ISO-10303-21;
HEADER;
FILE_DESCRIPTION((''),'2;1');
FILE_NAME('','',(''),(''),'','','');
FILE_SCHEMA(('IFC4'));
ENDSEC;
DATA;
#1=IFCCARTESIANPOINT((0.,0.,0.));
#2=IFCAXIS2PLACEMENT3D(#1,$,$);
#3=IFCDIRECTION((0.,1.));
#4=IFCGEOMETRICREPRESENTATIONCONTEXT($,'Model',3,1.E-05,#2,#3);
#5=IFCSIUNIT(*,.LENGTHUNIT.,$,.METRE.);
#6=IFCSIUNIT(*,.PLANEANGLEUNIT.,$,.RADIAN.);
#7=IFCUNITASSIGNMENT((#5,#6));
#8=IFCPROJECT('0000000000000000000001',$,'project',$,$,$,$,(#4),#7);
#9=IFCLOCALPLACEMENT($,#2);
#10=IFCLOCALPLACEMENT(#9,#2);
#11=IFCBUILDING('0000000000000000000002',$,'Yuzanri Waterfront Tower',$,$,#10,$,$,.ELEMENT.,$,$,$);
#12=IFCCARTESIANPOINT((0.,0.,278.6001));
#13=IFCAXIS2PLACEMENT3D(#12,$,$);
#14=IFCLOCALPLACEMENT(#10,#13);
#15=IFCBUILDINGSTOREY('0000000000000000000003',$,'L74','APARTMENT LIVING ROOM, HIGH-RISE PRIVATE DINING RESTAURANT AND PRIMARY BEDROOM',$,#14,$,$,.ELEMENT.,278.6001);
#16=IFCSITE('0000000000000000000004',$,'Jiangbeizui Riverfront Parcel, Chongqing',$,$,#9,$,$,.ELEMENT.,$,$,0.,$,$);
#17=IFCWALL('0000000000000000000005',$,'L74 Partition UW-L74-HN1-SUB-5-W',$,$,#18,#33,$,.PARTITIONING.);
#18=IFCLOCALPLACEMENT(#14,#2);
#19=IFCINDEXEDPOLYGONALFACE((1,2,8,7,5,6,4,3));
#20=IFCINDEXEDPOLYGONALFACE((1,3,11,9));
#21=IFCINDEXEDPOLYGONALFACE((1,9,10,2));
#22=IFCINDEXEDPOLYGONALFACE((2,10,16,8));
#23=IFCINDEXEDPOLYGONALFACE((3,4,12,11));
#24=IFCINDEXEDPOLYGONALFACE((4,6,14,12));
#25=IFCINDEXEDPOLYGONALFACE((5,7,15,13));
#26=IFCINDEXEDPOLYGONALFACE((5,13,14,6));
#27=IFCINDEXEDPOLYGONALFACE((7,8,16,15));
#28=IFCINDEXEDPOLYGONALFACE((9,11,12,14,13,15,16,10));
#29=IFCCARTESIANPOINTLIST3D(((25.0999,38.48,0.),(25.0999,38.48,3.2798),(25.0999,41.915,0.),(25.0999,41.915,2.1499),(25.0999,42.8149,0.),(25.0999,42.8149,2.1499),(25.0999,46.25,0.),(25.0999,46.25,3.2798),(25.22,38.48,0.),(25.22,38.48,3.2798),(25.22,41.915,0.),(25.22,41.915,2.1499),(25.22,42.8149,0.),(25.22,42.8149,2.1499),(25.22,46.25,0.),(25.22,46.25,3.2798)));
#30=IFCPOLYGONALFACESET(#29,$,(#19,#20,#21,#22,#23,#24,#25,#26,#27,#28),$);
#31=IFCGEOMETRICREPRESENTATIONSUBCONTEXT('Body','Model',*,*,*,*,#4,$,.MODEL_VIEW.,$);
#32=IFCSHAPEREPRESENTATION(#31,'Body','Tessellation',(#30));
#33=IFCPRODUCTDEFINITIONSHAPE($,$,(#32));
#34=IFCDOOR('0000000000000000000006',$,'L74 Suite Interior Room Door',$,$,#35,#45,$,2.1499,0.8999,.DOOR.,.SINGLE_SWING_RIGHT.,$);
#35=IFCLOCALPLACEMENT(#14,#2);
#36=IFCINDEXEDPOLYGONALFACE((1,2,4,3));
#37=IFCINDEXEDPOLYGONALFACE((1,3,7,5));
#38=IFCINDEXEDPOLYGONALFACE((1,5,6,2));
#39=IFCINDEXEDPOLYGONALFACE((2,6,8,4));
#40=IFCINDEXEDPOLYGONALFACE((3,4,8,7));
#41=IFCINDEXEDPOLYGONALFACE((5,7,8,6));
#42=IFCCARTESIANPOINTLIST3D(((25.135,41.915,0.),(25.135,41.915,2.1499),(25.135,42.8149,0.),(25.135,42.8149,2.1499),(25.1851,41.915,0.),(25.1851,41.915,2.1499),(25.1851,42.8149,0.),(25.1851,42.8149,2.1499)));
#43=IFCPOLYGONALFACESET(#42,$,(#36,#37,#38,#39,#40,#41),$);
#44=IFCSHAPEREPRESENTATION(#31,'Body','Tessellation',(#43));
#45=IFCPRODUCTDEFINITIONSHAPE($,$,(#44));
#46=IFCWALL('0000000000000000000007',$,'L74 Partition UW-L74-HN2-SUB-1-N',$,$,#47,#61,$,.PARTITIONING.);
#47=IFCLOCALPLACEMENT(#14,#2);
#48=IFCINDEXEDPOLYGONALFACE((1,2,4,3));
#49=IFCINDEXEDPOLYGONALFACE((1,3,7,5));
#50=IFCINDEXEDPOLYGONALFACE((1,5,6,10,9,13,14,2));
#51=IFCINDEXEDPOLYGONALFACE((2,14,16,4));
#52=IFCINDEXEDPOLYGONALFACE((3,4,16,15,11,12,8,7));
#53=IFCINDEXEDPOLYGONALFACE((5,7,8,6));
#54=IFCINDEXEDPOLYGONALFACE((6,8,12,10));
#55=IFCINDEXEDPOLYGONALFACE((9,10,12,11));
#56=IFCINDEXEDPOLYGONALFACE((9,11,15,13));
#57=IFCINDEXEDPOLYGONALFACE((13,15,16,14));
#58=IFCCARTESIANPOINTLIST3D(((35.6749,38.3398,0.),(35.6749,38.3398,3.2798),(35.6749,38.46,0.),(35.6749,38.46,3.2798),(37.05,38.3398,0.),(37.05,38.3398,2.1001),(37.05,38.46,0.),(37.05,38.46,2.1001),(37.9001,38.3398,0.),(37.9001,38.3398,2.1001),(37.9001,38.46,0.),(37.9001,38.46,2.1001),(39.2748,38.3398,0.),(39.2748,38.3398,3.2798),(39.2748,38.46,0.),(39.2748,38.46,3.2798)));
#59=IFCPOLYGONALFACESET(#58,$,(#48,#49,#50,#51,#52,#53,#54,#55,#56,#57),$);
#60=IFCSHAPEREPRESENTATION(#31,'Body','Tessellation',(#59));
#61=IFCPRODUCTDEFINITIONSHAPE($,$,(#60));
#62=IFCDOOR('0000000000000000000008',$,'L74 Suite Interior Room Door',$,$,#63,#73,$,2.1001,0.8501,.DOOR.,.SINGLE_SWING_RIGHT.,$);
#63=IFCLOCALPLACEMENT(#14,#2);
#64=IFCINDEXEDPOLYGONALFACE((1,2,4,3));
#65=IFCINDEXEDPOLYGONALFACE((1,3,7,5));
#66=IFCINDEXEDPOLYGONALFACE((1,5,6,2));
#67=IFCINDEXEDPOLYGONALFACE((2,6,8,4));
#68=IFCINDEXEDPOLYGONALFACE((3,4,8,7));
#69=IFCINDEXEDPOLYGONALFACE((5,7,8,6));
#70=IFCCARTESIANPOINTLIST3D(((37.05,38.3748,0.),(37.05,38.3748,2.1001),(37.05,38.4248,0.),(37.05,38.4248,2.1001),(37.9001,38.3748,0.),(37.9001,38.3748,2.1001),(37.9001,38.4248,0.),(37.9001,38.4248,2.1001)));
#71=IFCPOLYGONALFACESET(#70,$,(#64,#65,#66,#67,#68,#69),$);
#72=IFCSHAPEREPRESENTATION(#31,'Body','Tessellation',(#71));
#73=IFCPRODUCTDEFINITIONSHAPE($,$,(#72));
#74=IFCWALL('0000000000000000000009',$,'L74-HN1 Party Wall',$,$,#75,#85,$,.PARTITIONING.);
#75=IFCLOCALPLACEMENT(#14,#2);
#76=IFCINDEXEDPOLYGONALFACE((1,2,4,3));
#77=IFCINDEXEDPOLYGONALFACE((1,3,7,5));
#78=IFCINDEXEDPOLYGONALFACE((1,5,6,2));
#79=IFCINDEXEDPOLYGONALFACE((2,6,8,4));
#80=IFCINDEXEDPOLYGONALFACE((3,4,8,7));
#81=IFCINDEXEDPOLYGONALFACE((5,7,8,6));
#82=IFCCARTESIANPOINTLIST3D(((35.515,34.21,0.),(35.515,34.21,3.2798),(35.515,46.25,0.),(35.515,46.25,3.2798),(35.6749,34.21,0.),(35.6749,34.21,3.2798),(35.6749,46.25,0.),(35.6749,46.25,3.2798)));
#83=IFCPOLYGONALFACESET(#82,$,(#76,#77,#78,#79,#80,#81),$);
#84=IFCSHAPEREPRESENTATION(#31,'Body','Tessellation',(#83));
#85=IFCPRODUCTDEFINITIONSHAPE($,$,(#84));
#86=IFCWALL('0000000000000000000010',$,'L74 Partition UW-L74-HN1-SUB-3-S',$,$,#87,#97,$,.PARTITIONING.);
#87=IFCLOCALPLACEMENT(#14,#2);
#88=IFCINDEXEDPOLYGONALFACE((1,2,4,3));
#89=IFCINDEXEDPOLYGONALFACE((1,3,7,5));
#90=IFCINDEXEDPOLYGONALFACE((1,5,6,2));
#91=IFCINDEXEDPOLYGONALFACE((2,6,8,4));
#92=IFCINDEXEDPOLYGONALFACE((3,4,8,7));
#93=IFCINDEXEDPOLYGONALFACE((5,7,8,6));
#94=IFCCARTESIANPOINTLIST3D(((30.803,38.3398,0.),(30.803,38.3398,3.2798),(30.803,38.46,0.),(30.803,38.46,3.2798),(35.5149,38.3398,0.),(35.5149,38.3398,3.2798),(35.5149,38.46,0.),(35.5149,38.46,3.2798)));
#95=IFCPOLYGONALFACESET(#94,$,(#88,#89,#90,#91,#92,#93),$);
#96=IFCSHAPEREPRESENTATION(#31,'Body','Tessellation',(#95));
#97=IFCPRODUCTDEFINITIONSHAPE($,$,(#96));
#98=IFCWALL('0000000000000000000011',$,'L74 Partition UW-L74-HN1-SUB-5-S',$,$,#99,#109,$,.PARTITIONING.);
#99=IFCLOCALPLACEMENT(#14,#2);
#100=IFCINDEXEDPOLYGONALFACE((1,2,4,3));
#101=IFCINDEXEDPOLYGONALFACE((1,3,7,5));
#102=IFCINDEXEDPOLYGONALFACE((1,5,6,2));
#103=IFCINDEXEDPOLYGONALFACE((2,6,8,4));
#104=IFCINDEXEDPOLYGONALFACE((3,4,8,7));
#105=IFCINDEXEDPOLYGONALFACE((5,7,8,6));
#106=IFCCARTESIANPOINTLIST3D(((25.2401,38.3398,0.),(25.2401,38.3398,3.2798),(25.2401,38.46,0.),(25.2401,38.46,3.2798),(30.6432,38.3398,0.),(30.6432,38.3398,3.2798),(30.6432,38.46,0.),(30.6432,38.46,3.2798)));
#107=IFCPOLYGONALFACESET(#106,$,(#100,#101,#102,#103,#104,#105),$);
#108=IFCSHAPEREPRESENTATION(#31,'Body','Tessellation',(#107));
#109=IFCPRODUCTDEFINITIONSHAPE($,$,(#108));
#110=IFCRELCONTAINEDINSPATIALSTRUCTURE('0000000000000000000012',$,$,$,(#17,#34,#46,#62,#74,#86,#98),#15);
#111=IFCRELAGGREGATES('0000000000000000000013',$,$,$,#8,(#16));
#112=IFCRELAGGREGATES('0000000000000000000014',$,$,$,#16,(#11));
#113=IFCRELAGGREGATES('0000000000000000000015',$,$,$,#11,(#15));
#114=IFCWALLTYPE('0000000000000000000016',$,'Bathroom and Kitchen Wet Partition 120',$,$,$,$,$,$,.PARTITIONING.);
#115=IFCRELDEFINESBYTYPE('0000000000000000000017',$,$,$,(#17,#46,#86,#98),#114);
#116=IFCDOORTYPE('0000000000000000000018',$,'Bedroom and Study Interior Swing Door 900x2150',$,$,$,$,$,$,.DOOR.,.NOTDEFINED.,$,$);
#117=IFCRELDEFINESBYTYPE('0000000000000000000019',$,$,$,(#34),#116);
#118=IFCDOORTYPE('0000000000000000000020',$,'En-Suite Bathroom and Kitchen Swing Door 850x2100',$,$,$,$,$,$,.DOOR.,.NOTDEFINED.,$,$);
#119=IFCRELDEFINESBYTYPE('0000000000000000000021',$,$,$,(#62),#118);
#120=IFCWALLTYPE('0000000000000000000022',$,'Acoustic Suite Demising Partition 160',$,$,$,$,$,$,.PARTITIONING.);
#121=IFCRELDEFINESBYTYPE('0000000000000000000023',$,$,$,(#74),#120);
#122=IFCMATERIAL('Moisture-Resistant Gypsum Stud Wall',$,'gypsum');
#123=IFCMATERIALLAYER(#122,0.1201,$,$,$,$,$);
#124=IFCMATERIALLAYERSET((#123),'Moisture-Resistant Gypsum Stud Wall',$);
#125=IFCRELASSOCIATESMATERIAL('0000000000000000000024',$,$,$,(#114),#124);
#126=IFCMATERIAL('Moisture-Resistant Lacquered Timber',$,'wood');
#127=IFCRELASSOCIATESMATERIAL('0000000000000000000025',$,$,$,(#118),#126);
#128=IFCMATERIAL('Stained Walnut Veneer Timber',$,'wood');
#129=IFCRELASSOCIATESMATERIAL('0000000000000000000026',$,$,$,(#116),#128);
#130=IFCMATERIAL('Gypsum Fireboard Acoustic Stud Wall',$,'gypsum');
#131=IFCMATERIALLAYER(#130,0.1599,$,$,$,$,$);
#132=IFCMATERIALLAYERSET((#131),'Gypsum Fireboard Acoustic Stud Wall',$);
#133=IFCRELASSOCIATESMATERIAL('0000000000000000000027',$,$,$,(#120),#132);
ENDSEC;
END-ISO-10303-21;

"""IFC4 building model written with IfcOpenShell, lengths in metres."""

from ifc_helpers import new_model, si_unit, direction, frame, frame_2d, origin, place, context, subcontext, project, spatial, rectangle, extrude, source, transform, mapped, material, layer, layer_set, type_object, element, fill, save


model = new_model("IFC4")

# Units and contexts
model_context = context("Model", 3, precision=1e-05, world=origin(), true_north=direction((0.0, 1.0)))
body_context = subcontext(model_context, "Body", "Model", "MODEL_VIEW")
ifc_project = project(units=[si_unit("LENGTHUNIT", "METRE"), si_unit("PLANEANGLEUNIT", "RADIAN")], contexts=[model_context])

# Site, building, storey
site_placement = place(None, origin())
site = spatial("IfcSite", under=ifc_project, at=site_placement, Name="Jiangbeizui Riverfront Parcel, Chongqing", CompositionType="ELEMENT", RefElevation=0.0)
building_placement = place(site_placement, origin())
building = spatial("IfcBuilding", under=site, at=building_placement, Name="Yuzanri Waterfront Tower", CompositionType="ELEMENT")
storey_placement = place(building_placement, frame((0.0, 0.0, 278.6001)))
storey = spatial("IfcBuildingStorey", under=building, at=storey_placement, Name="L74", Description="APARTMENT LIVING ROOM, HIGH-RISE PRIVATE DINING RESTAURANT AND PRIMARY BEDROOM", CompositionType="ELEMENT", Elevation=278.6001)

# Walls, openings, doors
ifc_material_1 = material(Name="Moisture-Resistant Gypsum Stud Wall", Category="gypsum")
ifc_layer_1 = layer(ifc_material_1, 0.1201)
ifc_layer_set_1 = layer_set([ifc_layer_1], Name="Moisture-Resistant Gypsum Stud Wall")
wall_type_1 = type_object("IfcWallType", Name="Bathroom and Kitchen Wet Partition 120", PredefinedType="PARTITIONING", material=ifc_layer_set_1)
ifc_material_2 = material(Name="Moisture-Resistant Lacquered Timber", Category="wood")
door_type_1 = type_object("IfcDoorType", Name="En-Suite Bathroom and Kitchen Swing Door 850x2100", OperationType="NOTDEFINED", PredefinedType="DOOR", material=ifc_material_2)
shared_shape_1 = source(origin(), body_context, "Body", "SweptSolid", [
    extrude(rectangle(XDim=0.8501, YDim=2.1001, at=frame_2d((0.425, 1.05))), frame((0.0, 0.0249, 0.0), z_axis=(0.0, -1.0, 0.0), x_axis=(1.0, 0.0, 0.0)), (0.0, 0.0, 1.0), 0.05),
])
ifc_material_3 = material(Name="Stained Walnut Veneer Timber", Category="wood")
door_type_2 = type_object("IfcDoorType", Name="Bedroom and Study Interior Swing Door 900x2150", OperationType="NOTDEFINED", PredefinedType="DOOR", material=ifc_material_3)
shared_shape_2 = source(origin(), body_context, "Body", "SweptSolid", [
    extrude(rectangle(XDim=0.8999, YDim=2.1499, at=frame_2d((0.45, 1.075))), frame((0.0, 0.0249, 0.0), z_axis=(0.0, -1.0, 0.0), x_axis=(1.0, 0.0, 0.0)), (0.0, 0.0, 1.0), 0.05),
])
wall_1_placement = place(storey_placement, frame((25.1599, 38.48, 0.0), z_axis=(0.0, 0.0, 1.0), x_axis=(0.0, 1.0, 0.0)))
wall_1 = element("IfcWall", 1, at=wall_1_placement, inside=storey, type_object=wall_type_1, Name="L74 Partition UW-L74-HN1-SUB-5-W", PredefinedType="PARTITIONING", context=body_context, shape_type="SweptSolid", body=[
    extrude(rectangle(XDim=7.77, YDim=0.1201, at=frame_2d((3.885, 0.0))), origin(), (0.0, 0.0, 1.0), 3.2798),
])
opening_1_placement = place(wall_1_placement, frame((3.4351, 0.0, 0.0)))
opening_1 = element("IfcOpeningElement", 2, at=opening_1_placement, cuts=wall_1, PredefinedType="OPENING", context=body_context, shape_type="SweptSolid", body=[
    extrude(rectangle(XDim=0.8999, YDim=2.1499, at=frame_2d((0.45, 1.075))), frame((0.0, 0.075, 0.0), z_axis=(0.0, -1.0, 0.0), x_axis=(1.0, 0.0, 0.0)), (0.0, 0.0, 1.0), 0.1499),
])
door_1_placement = place(opening_1_placement, origin())
door_1 = element("IfcDoor", 3, at=door_1_placement, inside=storey, type_object=door_type_2, Name="L74 Suite Interior Room Door", OperationType="SINGLE_SWING_RIGHT", OverallHeight=2.1499, OverallWidth=0.8999, PredefinedType="DOOR", context=body_context, shape_type="MappedRepresentation", body=[
    mapped(shared_shape_2, transform((0.0, 0.0, 0.0), scale=1.0)),
])
fill(opening_1, door_1)
wall_2_placement = place(storey_placement, frame((35.675, 38.3999, 0.0), z_axis=(0.0, 0.0, 1.0), x_axis=(1.0, 0.0, 0.0)))
wall_2 = element("IfcWall", 4, at=wall_2_placement, inside=storey, type_object=wall_type_1, Name="L74 Partition UW-L74-HN2-SUB-1-N", PredefinedType="PARTITIONING", context=body_context, shape_type="SweptSolid", body=[
    extrude(rectangle(XDim=3.5999, YDim=0.1201, at=frame_2d((1.7998, 0.0))), origin(), (0.0, 0.0, 1.0), 3.2798),
])
opening_2_placement = place(wall_2_placement, frame((1.375, 0.0, 0.0)))
opening_2 = element("IfcOpeningElement", 5, at=opening_2_placement, cuts=wall_2, PredefinedType="OPENING", context=body_context, shape_type="SweptSolid", body=[
    extrude(rectangle(XDim=0.8501, YDim=2.1001, at=frame_2d((0.425, 1.05))), frame((0.0, 0.075, 0.0), z_axis=(0.0, -1.0, 0.0), x_axis=(1.0, 0.0, 0.0)), (0.0, 0.0, 1.0), 0.1499),
])
door_2_placement = place(opening_2_placement, origin())
door_2 = element("IfcDoor", 6, at=door_2_placement, inside=storey, type_object=door_type_1, Name="L74 Suite Interior Room Door", OperationType="SINGLE_SWING_RIGHT", OverallHeight=2.1001, OverallWidth=0.8501, PredefinedType="DOOR", context=body_context, shape_type="MappedRepresentation", body=[
    mapped(shared_shape_1, transform((0.0, 0.0, 0.0), scale=1.0)),
])
fill(opening_2, door_2)

# Walls
ifc_material_4 = material(Name="Gypsum Fireboard Acoustic Stud Wall", Category="gypsum")
ifc_layer_2 = layer(ifc_material_4, 0.1599)
ifc_layer_set_2 = layer_set([ifc_layer_2], Name="Gypsum Fireboard Acoustic Stud Wall")
wall_type_2 = type_object("IfcWallType", Name="Acoustic Suite Demising Partition 160", PredefinedType="PARTITIONING", material=ifc_layer_set_2)
shared_shape_3 = source(origin(), body_context, "Body", "SweptSolid", [
    extrude(rectangle(XDim=12.04, YDim=0.1599, at=frame_2d((6.02, 0.0))), origin(), (0.0, 0.0, 1.0), 3.2798),
])
wall_3_placement = place(storey_placement, frame((35.595, 34.21, 0.0), z_axis=(0.0, 0.0, 1.0), x_axis=(0.0, 1.0, 0.0)))
element("IfcWall", 7, at=wall_3_placement, inside=storey, type_object=wall_type_2, Name="L74-HN1 Party Wall", PredefinedType="PARTITIONING", context=body_context, shape_type="MappedRepresentation", body=[
    mapped(shared_shape_3, transform((0.0, 0.0, 0.0), scale=1.0)),
])
shared_shape_4 = source(origin(), body_context, "Body", "SweptSolid", [
    extrude(rectangle(XDim=4.7119, YDim=0.1201, at=frame_2d((2.356, 0.0))), origin(), (0.0, 0.0, 1.0), 3.2798),
])
wall_4_placement = place(storey_placement, frame((30.803, 38.3999, 0.0), z_axis=(0.0, 0.0, 1.0), x_axis=(1.0, 0.0, 0.0)))
element("IfcWall", 8, at=wall_4_placement, inside=storey, type_object=wall_type_1, Name="L74 Partition UW-L74-HN1-SUB-3-S", PredefinedType="PARTITIONING", context=body_context, shape_type="MappedRepresentation", body=[
    mapped(shared_shape_4, transform((0.0, 0.0, 0.0), scale=1.0)),
])
shared_shape_5 = source(origin(), body_context, "Body", "SweptSolid", [
    extrude(rectangle(XDim=5.4031, YDim=0.1201, at=frame_2d((2.7017, 0.0))), origin(), (0.0, 0.0, 1.0), 3.2798),
])
wall_5_placement = place(storey_placement, frame((25.24, 38.3999, 0.0), z_axis=(0.0, 0.0, 1.0), x_axis=(1.0, 0.0, 0.0)))
element("IfcWall", 9, at=wall_5_placement, inside=storey, type_object=wall_type_1, Name="L74 Partition UW-L74-HN1-SUB-5-S", PredefinedType="PARTITIONING", context=body_context, shape_type="MappedRepresentation", body=[
    mapped(shared_shape_5, transform((0.0, 0.0, 0.0), scale=1.0)),
])

save(model, "model.ifc")
